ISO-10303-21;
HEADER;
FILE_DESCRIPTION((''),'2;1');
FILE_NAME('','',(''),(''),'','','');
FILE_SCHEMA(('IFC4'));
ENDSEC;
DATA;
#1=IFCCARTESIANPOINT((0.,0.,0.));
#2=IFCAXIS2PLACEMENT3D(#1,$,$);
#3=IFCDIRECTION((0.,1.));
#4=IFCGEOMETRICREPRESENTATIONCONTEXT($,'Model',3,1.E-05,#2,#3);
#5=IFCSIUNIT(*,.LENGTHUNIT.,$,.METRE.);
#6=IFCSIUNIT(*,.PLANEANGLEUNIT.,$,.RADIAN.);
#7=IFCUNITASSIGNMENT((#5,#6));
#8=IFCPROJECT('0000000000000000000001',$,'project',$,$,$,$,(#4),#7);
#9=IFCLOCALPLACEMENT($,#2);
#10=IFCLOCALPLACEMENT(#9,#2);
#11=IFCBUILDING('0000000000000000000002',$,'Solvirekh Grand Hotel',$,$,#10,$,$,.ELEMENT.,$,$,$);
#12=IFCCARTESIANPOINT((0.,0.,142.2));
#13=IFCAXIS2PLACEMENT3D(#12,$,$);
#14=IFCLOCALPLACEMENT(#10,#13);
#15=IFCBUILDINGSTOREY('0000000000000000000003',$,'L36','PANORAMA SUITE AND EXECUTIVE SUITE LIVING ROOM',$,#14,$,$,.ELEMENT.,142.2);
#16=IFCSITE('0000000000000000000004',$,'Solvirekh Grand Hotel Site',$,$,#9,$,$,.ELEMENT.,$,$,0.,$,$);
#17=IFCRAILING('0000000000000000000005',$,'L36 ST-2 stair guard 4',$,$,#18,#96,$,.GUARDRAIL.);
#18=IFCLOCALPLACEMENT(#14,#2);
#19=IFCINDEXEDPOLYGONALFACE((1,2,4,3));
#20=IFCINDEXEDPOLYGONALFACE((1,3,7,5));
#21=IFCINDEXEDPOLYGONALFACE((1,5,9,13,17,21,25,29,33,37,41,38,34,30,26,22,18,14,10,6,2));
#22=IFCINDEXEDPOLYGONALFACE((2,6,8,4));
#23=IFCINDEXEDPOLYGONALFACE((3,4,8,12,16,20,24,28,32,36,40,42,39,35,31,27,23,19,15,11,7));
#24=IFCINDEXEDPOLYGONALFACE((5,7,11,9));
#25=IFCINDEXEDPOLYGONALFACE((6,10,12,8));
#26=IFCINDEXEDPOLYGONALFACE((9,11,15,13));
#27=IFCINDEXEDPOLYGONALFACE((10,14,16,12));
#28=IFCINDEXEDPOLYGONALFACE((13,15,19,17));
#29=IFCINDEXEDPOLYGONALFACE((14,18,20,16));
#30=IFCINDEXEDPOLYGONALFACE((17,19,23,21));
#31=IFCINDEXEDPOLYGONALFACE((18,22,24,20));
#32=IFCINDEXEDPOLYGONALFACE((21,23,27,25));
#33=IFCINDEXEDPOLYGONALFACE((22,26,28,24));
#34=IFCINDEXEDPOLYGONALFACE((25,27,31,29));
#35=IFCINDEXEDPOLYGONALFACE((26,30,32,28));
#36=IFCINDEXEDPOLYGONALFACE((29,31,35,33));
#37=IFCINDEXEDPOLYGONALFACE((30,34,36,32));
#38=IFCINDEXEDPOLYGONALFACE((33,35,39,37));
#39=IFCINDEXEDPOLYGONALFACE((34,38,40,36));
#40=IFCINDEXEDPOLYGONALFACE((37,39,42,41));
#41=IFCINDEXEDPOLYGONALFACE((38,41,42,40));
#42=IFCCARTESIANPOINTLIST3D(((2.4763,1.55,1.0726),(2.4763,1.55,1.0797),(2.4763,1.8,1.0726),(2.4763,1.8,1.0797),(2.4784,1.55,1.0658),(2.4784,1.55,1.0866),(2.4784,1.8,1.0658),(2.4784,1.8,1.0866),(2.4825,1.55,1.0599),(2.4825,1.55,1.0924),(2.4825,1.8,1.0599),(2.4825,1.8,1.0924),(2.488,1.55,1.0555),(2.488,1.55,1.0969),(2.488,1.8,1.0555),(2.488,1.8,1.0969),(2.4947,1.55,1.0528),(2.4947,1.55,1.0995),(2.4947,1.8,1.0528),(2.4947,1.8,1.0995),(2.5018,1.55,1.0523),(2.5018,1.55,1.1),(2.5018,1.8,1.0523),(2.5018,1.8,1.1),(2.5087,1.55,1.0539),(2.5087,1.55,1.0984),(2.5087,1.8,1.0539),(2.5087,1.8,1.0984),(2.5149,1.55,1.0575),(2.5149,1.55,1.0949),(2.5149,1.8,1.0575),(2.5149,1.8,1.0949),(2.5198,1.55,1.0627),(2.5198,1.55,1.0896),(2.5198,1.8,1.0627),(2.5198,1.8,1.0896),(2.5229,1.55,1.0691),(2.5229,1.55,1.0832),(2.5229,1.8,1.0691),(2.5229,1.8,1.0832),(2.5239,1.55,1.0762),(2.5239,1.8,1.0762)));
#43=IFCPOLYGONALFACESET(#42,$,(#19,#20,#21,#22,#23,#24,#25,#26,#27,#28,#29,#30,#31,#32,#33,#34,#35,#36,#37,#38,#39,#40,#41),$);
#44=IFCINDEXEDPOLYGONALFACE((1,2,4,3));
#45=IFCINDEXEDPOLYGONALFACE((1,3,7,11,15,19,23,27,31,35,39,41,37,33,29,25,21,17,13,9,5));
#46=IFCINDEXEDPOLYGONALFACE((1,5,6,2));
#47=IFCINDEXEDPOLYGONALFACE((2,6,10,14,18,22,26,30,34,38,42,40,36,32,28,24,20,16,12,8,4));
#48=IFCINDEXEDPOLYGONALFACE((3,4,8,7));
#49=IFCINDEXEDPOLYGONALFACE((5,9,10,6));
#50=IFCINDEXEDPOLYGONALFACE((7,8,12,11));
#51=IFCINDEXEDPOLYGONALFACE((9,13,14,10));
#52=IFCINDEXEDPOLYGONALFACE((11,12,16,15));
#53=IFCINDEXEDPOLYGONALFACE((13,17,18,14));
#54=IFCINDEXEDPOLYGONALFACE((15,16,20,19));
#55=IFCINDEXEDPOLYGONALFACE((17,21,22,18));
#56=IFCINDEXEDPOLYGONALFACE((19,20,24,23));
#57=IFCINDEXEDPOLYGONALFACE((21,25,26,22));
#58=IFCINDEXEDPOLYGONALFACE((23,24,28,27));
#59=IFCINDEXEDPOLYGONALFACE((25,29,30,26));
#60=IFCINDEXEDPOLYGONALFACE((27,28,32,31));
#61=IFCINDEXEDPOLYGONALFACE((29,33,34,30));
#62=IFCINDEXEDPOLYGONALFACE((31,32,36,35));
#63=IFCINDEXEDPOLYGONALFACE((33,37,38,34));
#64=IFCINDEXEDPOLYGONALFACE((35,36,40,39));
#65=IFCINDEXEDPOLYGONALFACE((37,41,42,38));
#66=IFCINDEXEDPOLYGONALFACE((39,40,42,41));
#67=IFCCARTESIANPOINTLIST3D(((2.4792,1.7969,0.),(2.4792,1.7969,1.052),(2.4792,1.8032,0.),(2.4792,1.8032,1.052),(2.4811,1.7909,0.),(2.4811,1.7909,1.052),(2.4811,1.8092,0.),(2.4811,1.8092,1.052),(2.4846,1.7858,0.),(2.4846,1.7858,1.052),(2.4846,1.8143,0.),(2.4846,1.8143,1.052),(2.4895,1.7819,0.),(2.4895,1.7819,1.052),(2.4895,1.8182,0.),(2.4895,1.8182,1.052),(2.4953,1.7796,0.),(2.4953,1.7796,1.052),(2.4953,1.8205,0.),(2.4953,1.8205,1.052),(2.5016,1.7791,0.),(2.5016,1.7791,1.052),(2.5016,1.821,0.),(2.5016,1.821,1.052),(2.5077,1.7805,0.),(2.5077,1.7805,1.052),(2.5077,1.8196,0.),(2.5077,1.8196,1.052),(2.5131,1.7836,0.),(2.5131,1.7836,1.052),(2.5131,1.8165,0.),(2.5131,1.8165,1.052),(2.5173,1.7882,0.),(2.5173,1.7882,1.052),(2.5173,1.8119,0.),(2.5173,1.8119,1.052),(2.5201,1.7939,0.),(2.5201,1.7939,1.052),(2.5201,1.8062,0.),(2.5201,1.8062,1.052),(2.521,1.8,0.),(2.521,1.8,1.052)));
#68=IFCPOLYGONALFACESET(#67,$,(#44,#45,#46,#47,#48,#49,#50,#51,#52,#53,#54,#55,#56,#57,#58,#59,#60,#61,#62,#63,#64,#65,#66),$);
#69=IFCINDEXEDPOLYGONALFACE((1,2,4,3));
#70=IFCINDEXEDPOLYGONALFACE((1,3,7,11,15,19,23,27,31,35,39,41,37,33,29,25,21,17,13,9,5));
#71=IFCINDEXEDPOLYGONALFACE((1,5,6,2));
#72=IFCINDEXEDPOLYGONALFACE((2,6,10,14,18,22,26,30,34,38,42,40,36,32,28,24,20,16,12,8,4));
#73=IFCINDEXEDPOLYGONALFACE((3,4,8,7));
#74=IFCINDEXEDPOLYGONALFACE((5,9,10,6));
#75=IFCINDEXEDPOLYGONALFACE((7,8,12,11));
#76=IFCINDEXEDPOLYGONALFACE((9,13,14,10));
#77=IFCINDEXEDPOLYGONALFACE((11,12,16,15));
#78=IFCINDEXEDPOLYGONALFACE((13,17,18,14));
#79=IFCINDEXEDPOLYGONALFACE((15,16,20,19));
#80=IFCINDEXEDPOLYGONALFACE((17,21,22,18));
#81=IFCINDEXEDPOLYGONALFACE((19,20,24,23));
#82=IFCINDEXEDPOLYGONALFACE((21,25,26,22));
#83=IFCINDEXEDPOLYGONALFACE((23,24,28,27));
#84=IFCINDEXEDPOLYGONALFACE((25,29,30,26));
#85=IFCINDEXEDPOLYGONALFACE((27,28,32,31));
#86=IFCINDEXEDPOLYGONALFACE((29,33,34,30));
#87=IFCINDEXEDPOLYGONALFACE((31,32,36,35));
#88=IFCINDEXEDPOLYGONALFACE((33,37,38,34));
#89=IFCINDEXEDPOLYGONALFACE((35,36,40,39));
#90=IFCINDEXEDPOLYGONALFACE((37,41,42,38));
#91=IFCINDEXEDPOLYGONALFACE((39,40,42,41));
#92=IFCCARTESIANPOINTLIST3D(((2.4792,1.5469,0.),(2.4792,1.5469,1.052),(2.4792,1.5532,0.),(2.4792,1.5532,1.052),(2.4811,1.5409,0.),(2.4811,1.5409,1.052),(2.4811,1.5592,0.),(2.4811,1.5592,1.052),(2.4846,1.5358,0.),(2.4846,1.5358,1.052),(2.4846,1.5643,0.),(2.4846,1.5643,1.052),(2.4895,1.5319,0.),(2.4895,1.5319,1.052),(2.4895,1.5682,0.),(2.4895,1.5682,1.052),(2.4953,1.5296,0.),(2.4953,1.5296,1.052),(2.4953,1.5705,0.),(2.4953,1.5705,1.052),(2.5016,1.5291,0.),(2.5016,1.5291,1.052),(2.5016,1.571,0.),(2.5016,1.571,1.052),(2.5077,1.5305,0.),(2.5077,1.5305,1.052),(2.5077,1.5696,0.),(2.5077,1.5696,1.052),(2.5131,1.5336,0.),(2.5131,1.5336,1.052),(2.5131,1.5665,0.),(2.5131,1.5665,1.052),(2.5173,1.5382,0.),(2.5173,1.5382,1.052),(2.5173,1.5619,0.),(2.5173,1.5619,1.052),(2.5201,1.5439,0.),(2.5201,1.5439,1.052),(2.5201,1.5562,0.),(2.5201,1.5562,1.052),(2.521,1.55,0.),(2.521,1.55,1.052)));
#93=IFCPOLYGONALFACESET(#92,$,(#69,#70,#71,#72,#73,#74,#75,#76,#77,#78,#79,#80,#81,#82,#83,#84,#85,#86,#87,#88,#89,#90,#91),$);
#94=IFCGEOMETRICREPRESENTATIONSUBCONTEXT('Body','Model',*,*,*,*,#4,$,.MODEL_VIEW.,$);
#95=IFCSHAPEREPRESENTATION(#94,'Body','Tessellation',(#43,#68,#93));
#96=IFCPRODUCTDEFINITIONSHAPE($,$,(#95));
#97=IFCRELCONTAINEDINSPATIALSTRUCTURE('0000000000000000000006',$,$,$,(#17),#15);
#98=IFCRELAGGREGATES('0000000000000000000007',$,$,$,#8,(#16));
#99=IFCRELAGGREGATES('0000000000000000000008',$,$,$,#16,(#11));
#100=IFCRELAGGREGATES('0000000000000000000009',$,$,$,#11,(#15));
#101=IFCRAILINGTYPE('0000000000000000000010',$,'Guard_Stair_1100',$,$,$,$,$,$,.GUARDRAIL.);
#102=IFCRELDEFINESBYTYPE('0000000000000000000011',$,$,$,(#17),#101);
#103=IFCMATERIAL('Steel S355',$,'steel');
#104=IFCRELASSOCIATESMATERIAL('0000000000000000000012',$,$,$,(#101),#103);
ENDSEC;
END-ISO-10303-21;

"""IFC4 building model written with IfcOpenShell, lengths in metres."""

from ifc_helpers import new_model, si_unit, direction, frame, origin, origin_2d, place, context, subcontext, project, spatial, circle, extrude, material, type_object, element, save


model = new_model("IFC4")

# Units and contexts
model_context = context("Model", 3, precision=1e-05, world=origin(), true_north=direction((0.0, 1.0)))
body_context = subcontext(model_context, "Body", "Model", "MODEL_VIEW")
ifc_project = project(units=[si_unit("LENGTHUNIT", "METRE"), si_unit("PLANEANGLEUNIT", "RADIAN")], contexts=[model_context])

# Site, building, storey
site_placement = place(None, origin())
site = spatial("IfcSite", under=ifc_project, at=site_placement, Name="Solvirekh Grand Hotel Site", CompositionType="ELEMENT", RefElevation=0.0)
building_placement = place(site_placement, origin())
building = spatial("IfcBuilding", under=site, at=building_placement, Name="Solvirekh Grand Hotel", CompositionType="ELEMENT")
storey_placement = place(building_placement, frame((0.0, 0.0, 142.2)))
storey = spatial("IfcBuildingStorey", under=building, at=storey_placement, Name="L36", Description="PANORAMA SUITE AND EXECUTIVE SUITE LIVING ROOM", CompositionType="ELEMENT", Elevation=142.2)

# Shared definitions
ifc_material_1 = material(Name="Steel S355", Category="steel")

# Railing
railing_type_1 = type_object("IfcRailingType", Name="Guard_Stair_1100", PredefinedType="GUARDRAIL", material=ifc_material_1)
railing_1_placement = place(storey_placement, frame((2.5, 1.8, 0.0)))
element("IfcRailing", 1, at=railing_1_placement, inside=storey, type_object=railing_type_1, Name="L36 ST-2 stair guard 4", PredefinedType="GUARDRAIL", context=body_context, shape_type="SweptSolid", body=[
    extrude(circle(Radius=0.0239, at=origin_2d()), frame((0.0, 0.0, 1.0762), z_axis=(0.0, -1.0, 0.0), x_axis=(1.0, 0.0, 0.0)), (0.0, 0.0, 1.0), 0.25),
    extrude(circle(Radius=0.021, at=origin_2d()), origin(), (0.0, 0.0, 1.0), 1.052),
    extrude(circle(Radius=0.021, at=origin_2d()), frame((0.0, -0.25, 0.0)), (0.0, 0.0, 1.0), 1.052),
])

save(model, "model.ifc")
